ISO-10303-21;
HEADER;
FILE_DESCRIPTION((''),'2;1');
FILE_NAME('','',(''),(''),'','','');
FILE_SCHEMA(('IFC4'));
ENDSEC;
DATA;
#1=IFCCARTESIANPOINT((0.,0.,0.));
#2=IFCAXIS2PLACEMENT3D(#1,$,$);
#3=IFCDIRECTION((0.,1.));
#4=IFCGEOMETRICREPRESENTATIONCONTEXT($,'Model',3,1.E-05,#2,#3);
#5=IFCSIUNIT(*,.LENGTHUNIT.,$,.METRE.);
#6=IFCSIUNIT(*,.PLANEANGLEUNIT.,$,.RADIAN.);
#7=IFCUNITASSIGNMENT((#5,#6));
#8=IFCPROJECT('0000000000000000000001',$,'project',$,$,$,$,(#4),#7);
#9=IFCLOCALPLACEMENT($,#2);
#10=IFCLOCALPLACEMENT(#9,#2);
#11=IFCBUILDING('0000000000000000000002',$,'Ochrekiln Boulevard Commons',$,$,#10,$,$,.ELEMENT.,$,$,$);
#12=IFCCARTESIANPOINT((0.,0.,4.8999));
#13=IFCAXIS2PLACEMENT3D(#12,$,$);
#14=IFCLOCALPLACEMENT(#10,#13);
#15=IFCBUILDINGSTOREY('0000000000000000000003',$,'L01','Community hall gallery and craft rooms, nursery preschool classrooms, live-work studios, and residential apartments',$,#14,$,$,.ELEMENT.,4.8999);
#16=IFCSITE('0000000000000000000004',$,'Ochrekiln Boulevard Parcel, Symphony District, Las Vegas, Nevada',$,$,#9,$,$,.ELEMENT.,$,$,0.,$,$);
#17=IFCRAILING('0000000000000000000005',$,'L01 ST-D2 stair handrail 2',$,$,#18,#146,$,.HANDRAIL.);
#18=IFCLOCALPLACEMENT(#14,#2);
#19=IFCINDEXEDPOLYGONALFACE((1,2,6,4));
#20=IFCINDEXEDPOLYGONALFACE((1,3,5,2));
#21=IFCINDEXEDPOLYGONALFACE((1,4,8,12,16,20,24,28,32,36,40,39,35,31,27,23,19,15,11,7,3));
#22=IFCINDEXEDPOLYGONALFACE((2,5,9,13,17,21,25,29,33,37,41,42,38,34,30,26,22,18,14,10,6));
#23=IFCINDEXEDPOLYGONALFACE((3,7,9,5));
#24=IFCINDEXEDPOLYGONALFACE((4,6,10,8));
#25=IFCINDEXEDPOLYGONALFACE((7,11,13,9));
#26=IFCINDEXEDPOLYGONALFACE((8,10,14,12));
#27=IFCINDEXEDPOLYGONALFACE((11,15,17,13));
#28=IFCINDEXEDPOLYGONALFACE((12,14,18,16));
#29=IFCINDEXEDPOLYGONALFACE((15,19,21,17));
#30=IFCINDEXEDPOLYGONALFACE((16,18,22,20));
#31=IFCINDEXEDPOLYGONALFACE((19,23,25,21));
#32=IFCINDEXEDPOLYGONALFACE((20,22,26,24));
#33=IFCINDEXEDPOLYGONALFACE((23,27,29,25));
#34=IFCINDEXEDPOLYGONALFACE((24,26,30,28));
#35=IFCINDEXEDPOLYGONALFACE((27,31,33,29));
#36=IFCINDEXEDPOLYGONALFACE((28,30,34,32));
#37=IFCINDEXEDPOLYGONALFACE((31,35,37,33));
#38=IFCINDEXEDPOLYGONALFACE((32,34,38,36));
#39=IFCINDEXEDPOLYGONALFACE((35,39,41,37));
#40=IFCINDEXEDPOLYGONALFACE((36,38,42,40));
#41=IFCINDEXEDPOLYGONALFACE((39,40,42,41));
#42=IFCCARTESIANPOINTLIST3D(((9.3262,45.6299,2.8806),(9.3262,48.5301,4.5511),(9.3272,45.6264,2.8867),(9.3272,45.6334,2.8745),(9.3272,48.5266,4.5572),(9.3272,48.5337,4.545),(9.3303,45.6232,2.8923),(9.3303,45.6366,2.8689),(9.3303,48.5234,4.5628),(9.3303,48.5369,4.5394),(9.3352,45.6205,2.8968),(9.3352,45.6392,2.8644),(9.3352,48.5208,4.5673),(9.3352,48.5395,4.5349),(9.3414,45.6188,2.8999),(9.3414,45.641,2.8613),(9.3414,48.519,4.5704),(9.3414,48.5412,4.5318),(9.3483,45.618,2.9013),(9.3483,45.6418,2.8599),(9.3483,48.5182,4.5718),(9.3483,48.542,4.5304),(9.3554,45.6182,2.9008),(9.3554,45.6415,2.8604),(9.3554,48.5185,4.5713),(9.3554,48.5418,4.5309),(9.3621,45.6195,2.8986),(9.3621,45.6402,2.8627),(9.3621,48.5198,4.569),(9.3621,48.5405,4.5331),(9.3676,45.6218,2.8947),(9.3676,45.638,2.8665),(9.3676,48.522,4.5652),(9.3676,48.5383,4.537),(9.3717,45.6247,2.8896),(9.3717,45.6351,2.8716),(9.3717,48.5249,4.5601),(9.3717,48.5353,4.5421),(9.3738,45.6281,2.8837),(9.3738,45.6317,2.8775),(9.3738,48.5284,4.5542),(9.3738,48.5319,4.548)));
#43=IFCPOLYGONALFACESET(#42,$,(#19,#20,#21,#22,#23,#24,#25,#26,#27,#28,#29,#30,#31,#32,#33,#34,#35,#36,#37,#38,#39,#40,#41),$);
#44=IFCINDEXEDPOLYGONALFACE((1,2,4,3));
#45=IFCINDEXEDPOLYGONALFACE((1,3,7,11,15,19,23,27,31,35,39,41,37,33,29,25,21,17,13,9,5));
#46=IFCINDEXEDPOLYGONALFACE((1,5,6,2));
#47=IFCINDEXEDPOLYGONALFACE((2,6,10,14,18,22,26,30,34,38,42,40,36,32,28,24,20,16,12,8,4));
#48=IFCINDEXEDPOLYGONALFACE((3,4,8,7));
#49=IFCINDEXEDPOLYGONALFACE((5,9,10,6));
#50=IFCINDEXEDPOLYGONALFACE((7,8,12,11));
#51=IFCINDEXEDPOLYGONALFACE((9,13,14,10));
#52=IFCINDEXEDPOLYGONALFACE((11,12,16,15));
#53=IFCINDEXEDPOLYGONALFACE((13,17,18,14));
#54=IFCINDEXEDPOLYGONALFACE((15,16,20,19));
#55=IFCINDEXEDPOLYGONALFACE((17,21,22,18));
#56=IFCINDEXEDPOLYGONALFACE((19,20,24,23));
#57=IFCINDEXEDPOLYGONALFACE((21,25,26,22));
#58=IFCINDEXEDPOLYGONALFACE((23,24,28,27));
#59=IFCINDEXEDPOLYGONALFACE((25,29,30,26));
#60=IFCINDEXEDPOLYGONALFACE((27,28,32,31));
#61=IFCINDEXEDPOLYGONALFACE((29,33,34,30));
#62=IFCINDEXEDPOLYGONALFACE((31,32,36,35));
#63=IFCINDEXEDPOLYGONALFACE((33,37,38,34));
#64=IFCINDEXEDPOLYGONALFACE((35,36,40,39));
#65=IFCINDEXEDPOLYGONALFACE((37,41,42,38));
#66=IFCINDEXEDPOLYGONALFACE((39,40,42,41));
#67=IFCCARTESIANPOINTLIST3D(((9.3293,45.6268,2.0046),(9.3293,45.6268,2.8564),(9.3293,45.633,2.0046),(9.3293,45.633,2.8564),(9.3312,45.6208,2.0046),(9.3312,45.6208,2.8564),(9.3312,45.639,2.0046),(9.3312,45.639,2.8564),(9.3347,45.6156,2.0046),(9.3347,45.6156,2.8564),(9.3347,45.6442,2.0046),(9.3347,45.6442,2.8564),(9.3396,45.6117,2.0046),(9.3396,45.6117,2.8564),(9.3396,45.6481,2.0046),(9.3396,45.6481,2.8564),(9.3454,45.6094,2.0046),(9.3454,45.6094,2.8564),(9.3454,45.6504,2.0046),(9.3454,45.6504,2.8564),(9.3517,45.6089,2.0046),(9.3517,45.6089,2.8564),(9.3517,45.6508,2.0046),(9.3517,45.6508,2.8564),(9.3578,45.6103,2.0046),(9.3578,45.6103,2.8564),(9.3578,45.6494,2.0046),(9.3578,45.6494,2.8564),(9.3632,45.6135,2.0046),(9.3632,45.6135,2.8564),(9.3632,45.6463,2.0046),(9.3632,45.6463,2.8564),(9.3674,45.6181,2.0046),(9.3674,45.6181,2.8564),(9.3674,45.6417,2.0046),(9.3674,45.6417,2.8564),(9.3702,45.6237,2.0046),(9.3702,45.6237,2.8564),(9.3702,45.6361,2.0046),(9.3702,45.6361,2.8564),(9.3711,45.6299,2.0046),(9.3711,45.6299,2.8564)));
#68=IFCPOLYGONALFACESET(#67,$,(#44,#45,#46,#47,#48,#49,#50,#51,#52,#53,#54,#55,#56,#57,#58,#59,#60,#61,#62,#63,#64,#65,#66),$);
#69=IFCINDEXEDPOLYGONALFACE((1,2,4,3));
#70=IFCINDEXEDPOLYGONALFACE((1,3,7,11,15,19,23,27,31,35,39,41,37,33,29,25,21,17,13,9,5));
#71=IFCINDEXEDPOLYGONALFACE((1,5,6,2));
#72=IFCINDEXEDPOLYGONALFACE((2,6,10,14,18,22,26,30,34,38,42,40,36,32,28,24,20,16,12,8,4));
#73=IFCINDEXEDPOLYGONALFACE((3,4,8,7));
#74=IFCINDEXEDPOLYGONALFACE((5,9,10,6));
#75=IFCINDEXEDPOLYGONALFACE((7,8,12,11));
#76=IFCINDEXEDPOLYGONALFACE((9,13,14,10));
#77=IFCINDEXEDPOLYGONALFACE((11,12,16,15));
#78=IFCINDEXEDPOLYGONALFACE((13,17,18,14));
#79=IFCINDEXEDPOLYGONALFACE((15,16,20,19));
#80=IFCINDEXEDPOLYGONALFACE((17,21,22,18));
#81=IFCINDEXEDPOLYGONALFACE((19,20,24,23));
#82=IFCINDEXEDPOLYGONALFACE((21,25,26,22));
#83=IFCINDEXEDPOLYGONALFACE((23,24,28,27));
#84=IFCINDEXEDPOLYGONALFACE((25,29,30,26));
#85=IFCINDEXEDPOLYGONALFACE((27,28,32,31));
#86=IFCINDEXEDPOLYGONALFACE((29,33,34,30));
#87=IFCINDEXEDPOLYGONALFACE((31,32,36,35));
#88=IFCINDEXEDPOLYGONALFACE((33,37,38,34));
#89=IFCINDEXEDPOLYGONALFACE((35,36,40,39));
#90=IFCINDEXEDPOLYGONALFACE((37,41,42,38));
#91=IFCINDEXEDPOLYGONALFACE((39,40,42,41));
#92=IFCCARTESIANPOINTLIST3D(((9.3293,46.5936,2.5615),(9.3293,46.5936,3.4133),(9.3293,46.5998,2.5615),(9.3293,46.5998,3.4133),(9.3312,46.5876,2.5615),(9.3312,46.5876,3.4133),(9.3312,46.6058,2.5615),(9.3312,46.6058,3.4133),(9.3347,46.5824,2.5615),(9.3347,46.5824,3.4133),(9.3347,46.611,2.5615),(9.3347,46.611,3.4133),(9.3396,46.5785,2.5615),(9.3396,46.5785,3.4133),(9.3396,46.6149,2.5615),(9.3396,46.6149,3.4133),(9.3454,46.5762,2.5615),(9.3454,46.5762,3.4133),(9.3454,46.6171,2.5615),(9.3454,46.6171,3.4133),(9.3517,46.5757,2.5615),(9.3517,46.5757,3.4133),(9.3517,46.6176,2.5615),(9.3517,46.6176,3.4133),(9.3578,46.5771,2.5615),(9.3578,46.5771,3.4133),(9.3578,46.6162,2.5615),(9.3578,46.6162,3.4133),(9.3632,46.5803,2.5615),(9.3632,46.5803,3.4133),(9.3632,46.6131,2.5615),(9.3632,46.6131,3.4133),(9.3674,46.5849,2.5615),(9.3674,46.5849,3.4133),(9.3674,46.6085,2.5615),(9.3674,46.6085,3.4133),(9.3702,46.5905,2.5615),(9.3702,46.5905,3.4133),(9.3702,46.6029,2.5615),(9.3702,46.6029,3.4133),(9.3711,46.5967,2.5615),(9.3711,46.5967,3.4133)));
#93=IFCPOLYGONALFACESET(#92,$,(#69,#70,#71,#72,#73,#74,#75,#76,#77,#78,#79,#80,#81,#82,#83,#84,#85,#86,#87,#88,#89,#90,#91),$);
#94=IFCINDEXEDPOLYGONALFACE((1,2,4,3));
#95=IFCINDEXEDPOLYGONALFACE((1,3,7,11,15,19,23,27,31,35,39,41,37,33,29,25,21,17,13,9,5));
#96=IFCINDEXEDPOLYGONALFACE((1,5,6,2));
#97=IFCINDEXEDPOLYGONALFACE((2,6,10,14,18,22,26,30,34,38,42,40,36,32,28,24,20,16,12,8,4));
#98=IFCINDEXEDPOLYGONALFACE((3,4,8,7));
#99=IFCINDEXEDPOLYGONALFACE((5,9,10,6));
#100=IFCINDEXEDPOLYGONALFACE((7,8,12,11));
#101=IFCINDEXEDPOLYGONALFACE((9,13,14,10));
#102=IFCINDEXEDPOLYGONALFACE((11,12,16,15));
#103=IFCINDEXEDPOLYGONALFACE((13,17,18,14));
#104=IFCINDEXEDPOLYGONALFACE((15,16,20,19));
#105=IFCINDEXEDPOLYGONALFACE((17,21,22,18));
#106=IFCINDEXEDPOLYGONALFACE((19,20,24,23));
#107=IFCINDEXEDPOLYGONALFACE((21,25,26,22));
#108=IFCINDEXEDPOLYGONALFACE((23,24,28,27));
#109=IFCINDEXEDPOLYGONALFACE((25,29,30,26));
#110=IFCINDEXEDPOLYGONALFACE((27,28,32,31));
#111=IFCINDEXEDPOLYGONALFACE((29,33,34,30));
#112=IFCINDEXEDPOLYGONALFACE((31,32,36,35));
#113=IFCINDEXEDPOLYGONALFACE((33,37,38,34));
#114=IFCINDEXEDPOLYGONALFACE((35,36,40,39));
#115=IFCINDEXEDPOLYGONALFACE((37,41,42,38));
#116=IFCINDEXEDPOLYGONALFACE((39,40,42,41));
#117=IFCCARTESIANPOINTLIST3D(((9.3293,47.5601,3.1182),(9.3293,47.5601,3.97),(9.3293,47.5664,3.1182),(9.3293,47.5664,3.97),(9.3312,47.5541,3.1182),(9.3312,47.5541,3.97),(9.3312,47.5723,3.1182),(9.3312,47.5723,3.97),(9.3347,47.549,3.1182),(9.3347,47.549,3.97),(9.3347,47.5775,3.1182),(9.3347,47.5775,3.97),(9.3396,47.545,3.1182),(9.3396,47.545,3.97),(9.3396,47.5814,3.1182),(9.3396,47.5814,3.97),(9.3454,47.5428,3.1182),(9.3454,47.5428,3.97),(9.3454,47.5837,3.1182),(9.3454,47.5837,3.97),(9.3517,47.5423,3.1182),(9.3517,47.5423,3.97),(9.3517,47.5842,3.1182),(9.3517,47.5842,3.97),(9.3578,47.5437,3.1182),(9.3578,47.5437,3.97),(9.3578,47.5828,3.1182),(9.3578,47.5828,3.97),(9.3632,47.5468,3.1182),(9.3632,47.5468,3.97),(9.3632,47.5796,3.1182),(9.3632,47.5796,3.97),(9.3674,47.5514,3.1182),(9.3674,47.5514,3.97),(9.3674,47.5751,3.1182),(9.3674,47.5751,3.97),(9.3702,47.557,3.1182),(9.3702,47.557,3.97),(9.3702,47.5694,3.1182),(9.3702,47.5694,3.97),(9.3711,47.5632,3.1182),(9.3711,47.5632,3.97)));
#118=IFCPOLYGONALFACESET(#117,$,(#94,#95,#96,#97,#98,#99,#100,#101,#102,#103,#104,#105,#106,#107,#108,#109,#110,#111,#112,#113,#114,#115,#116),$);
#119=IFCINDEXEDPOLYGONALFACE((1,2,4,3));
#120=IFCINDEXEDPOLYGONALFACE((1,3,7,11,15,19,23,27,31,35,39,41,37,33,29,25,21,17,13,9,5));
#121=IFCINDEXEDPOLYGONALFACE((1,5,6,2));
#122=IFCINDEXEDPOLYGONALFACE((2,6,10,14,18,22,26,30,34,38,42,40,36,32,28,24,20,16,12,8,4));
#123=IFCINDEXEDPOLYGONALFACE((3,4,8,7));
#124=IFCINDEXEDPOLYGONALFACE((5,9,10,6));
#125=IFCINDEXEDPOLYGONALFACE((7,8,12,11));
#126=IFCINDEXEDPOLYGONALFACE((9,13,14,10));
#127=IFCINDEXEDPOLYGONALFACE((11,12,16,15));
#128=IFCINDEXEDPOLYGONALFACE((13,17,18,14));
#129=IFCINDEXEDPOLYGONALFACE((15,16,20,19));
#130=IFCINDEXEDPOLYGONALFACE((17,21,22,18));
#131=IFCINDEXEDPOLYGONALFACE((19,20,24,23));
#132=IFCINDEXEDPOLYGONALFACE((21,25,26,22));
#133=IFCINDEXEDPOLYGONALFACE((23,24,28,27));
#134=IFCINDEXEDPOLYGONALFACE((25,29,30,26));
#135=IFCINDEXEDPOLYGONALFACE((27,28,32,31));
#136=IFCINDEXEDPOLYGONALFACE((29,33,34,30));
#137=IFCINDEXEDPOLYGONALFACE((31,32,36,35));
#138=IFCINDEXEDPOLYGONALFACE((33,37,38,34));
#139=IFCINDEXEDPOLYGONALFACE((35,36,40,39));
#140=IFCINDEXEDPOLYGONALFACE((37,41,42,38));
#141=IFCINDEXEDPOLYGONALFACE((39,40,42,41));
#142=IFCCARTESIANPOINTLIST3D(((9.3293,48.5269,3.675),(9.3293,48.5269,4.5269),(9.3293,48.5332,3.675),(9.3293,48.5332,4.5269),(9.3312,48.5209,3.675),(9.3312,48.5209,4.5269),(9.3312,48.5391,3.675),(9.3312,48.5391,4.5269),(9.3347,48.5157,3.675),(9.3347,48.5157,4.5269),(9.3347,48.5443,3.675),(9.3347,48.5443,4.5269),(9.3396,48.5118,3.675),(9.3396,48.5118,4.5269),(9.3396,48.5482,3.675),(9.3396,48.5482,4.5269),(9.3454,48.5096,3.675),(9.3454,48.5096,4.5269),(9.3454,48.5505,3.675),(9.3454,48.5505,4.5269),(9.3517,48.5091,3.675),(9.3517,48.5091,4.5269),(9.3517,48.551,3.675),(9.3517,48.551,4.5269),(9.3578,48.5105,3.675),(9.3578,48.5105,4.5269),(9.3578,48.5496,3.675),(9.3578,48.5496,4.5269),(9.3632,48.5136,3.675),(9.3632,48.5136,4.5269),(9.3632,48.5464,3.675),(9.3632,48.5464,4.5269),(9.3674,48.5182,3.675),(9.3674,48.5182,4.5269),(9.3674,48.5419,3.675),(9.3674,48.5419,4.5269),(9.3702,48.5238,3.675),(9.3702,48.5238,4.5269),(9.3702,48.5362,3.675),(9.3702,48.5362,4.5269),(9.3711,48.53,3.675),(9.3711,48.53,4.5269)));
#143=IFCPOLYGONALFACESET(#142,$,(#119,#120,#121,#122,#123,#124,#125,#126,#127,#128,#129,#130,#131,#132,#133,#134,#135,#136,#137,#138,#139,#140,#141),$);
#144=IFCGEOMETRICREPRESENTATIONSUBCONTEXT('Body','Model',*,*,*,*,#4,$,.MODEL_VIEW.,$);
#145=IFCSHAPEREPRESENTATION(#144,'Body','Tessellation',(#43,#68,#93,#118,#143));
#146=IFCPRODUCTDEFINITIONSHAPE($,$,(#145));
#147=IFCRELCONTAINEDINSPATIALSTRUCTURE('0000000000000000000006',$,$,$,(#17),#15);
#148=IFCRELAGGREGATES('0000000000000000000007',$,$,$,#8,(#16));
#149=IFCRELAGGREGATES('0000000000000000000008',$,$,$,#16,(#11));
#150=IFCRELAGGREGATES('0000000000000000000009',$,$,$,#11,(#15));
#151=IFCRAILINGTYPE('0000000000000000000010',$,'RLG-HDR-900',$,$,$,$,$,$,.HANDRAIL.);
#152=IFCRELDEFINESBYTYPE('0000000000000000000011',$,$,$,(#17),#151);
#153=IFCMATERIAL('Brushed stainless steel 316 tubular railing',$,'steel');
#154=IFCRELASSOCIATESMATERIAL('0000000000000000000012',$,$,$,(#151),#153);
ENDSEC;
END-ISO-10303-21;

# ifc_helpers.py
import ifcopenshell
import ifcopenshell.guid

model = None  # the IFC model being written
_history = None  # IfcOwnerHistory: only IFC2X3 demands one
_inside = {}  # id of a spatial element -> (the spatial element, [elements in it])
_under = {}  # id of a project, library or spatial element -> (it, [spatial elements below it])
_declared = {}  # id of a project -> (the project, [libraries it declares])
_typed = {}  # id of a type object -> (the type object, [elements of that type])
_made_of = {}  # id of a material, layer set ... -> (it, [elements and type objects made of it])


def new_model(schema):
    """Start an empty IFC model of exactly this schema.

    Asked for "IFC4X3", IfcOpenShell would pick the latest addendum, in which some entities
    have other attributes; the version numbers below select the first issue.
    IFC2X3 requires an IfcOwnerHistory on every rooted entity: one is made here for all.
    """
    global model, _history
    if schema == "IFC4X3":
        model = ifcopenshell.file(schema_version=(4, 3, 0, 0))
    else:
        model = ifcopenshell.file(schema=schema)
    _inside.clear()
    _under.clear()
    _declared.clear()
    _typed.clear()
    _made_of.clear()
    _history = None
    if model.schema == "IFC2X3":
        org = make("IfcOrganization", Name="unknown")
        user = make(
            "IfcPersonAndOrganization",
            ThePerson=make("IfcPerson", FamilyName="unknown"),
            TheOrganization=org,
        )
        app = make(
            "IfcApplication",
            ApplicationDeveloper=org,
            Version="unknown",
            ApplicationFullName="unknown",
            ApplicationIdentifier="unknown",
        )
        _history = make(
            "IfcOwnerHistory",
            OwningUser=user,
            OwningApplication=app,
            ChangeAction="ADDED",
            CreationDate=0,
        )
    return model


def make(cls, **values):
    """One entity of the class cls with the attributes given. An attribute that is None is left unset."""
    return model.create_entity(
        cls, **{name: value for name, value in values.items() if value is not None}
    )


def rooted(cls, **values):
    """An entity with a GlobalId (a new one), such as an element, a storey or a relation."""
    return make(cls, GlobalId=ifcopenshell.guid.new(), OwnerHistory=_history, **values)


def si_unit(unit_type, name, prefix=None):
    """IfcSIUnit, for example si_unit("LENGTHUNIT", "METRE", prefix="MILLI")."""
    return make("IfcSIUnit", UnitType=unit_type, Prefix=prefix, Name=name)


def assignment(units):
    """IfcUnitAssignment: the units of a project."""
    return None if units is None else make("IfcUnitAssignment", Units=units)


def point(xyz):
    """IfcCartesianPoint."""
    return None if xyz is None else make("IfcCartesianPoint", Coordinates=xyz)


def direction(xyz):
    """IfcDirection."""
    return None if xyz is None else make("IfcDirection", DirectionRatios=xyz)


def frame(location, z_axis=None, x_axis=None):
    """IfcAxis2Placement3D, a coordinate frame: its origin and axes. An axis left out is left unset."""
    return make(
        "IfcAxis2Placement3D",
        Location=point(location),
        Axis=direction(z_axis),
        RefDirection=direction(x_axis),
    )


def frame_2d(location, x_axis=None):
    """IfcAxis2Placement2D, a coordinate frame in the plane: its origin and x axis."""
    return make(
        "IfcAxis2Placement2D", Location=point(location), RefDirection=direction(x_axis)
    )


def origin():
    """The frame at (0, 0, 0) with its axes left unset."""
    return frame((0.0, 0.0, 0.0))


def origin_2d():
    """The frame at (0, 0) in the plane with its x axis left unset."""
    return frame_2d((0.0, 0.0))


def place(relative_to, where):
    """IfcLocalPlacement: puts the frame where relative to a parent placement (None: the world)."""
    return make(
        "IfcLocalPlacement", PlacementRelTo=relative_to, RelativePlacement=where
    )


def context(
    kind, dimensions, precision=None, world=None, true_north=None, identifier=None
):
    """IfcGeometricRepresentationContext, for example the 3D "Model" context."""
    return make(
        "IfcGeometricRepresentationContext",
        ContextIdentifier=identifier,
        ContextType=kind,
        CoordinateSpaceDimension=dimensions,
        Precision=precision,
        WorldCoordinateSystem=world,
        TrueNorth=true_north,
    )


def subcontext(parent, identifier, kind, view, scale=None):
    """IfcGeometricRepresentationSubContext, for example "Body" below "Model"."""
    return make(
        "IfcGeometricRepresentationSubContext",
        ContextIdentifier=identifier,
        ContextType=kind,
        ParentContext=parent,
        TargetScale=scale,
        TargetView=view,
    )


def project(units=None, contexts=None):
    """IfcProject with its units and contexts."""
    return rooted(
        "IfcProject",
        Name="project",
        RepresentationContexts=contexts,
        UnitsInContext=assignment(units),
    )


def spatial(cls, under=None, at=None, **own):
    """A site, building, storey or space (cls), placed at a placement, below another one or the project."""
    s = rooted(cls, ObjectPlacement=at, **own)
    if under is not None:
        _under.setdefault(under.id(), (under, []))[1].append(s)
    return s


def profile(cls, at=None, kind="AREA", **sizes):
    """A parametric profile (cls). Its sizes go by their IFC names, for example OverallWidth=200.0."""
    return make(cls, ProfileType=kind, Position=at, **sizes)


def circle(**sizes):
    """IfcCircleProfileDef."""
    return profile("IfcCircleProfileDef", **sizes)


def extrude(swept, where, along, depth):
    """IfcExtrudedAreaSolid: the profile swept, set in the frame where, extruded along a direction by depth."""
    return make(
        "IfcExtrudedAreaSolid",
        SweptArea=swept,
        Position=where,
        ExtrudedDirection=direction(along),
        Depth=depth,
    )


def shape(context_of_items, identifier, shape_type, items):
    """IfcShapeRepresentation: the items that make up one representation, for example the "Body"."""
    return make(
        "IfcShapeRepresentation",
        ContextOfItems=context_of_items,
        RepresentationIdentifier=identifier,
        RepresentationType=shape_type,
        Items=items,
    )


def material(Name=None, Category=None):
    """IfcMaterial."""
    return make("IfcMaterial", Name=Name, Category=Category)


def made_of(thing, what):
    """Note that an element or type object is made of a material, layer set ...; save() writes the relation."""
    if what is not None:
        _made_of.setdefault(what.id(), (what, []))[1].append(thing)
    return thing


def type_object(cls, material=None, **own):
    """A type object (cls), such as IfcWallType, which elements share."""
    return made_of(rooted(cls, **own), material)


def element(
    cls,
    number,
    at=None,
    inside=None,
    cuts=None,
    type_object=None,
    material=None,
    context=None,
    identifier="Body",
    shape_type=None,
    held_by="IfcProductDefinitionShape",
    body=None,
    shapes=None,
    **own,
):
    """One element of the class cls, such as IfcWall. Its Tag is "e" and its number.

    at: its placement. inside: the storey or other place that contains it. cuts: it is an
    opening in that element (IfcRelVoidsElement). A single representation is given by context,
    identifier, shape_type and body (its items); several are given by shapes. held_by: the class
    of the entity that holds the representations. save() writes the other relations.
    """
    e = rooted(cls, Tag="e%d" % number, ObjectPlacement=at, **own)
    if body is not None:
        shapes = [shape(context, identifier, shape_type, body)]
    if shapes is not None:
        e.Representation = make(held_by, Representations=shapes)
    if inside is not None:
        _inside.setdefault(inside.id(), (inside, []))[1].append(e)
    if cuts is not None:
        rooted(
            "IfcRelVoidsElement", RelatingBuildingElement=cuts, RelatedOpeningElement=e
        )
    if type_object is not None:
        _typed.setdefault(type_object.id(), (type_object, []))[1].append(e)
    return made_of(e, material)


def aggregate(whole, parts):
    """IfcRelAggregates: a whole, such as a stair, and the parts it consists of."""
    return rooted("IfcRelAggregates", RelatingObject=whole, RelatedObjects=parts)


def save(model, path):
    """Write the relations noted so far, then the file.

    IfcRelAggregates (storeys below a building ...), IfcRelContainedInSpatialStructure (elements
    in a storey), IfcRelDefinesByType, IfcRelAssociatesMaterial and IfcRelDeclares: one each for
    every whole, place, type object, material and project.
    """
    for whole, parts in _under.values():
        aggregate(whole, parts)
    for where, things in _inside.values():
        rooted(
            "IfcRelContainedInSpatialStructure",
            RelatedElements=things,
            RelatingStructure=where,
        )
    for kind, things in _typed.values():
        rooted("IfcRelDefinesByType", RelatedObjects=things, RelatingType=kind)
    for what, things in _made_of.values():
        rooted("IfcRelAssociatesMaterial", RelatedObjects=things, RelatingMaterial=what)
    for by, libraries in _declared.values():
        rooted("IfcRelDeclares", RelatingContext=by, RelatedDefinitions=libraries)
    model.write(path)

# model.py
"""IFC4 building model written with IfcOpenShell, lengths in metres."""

from ifc_helpers import new_model, si_unit, direction, frame, origin, origin_2d, place, context, subcontext, project, spatial, circle, extrude, material, type_object, element, save


model = new_model("IFC4")

# Units and contexts
model_context = context("Model", 3, precision=1e-05, world=origin(), true_north=direction((0.0, 1.0)))
body_context = subcontext(model_context, "Body", "Model", "MODEL_VIEW")
ifc_project = project(units=[si_unit("LENGTHUNIT", "METRE"), si_unit("PLANEANGLEUNIT", "RADIAN")], contexts=[model_context])

# Site, building, storey
site_placement = place(None, origin())
site = spatial("IfcSite", under=ifc_project, at=site_placement, Name="Ochrekiln Boulevard Parcel, Symphony District, Las Vegas, Nevada", CompositionType="ELEMENT", RefElevation=0.0)
building_placement = place(site_placement, origin())
building = spatial("IfcBuilding", under=site, at=building_placement, Name="Ochrekiln Boulevard Commons", CompositionType="ELEMENT")
storey_placement = place(building_placement, frame((0.0, 0.0, 4.8999)))
storey = spatial("IfcBuildingStorey", under=building, at=storey_placement, Name="L01", Description="Community hall gallery and craft rooms, nursery preschool classrooms, live-work studios, and residential apartments", CompositionType="ELEMENT", Elevation=4.8999)

# Railing
ifc_material_1 = material(Name="Brushed stainless steel 316 tubular railing", Category="steel")
railing_type_1 = type_object("IfcRailingType", Name="RLG-HDR-900", PredefinedType="HANDRAIL", material=ifc_material_1)
railing_1_placement = place(storey_placement, frame((9.3501, 45.6299, 2.0046)))
element("IfcRailing", 1, at=railing_1_placement, inside=storey, type_object=railing_type_1, Name="L01 ST-D2 stair handrail 2", PredefinedType="HANDRAIL", context=body_context, shape_type="SweptSolid", body=[
    extrude(circle(Radius=0.0239, at=origin_2d()), frame((0.0, 0.0, 0.876), z_axis=(0.0, 0.866541, 0.499106), x_axis=(-1.0, 0.0, 0.0)), (0.0, 0.0, 1.0), 3.3469),
    extrude(circle(Radius=0.021, at=origin_2d()), origin(), (0.0, 0.0, 1.0), 0.8518),
    extrude(circle(Radius=0.021, at=origin_2d()), frame((0.0, 0.9668, 0.5569)), (0.0, 0.0, 1.0), 0.8518),
    extrude(circle(Radius=0.021, at=origin_2d()), frame((0.0, 1.9333, 1.1135)), (0.0, 0.0, 1.0), 0.8518),
    extrude(circle(Radius=0.021, at=origin_2d()), frame((0.0, 2.9001, 1.6704)), (0.0, 0.0, 1.0), 0.8518),
])

save(model, "model.ifc")
